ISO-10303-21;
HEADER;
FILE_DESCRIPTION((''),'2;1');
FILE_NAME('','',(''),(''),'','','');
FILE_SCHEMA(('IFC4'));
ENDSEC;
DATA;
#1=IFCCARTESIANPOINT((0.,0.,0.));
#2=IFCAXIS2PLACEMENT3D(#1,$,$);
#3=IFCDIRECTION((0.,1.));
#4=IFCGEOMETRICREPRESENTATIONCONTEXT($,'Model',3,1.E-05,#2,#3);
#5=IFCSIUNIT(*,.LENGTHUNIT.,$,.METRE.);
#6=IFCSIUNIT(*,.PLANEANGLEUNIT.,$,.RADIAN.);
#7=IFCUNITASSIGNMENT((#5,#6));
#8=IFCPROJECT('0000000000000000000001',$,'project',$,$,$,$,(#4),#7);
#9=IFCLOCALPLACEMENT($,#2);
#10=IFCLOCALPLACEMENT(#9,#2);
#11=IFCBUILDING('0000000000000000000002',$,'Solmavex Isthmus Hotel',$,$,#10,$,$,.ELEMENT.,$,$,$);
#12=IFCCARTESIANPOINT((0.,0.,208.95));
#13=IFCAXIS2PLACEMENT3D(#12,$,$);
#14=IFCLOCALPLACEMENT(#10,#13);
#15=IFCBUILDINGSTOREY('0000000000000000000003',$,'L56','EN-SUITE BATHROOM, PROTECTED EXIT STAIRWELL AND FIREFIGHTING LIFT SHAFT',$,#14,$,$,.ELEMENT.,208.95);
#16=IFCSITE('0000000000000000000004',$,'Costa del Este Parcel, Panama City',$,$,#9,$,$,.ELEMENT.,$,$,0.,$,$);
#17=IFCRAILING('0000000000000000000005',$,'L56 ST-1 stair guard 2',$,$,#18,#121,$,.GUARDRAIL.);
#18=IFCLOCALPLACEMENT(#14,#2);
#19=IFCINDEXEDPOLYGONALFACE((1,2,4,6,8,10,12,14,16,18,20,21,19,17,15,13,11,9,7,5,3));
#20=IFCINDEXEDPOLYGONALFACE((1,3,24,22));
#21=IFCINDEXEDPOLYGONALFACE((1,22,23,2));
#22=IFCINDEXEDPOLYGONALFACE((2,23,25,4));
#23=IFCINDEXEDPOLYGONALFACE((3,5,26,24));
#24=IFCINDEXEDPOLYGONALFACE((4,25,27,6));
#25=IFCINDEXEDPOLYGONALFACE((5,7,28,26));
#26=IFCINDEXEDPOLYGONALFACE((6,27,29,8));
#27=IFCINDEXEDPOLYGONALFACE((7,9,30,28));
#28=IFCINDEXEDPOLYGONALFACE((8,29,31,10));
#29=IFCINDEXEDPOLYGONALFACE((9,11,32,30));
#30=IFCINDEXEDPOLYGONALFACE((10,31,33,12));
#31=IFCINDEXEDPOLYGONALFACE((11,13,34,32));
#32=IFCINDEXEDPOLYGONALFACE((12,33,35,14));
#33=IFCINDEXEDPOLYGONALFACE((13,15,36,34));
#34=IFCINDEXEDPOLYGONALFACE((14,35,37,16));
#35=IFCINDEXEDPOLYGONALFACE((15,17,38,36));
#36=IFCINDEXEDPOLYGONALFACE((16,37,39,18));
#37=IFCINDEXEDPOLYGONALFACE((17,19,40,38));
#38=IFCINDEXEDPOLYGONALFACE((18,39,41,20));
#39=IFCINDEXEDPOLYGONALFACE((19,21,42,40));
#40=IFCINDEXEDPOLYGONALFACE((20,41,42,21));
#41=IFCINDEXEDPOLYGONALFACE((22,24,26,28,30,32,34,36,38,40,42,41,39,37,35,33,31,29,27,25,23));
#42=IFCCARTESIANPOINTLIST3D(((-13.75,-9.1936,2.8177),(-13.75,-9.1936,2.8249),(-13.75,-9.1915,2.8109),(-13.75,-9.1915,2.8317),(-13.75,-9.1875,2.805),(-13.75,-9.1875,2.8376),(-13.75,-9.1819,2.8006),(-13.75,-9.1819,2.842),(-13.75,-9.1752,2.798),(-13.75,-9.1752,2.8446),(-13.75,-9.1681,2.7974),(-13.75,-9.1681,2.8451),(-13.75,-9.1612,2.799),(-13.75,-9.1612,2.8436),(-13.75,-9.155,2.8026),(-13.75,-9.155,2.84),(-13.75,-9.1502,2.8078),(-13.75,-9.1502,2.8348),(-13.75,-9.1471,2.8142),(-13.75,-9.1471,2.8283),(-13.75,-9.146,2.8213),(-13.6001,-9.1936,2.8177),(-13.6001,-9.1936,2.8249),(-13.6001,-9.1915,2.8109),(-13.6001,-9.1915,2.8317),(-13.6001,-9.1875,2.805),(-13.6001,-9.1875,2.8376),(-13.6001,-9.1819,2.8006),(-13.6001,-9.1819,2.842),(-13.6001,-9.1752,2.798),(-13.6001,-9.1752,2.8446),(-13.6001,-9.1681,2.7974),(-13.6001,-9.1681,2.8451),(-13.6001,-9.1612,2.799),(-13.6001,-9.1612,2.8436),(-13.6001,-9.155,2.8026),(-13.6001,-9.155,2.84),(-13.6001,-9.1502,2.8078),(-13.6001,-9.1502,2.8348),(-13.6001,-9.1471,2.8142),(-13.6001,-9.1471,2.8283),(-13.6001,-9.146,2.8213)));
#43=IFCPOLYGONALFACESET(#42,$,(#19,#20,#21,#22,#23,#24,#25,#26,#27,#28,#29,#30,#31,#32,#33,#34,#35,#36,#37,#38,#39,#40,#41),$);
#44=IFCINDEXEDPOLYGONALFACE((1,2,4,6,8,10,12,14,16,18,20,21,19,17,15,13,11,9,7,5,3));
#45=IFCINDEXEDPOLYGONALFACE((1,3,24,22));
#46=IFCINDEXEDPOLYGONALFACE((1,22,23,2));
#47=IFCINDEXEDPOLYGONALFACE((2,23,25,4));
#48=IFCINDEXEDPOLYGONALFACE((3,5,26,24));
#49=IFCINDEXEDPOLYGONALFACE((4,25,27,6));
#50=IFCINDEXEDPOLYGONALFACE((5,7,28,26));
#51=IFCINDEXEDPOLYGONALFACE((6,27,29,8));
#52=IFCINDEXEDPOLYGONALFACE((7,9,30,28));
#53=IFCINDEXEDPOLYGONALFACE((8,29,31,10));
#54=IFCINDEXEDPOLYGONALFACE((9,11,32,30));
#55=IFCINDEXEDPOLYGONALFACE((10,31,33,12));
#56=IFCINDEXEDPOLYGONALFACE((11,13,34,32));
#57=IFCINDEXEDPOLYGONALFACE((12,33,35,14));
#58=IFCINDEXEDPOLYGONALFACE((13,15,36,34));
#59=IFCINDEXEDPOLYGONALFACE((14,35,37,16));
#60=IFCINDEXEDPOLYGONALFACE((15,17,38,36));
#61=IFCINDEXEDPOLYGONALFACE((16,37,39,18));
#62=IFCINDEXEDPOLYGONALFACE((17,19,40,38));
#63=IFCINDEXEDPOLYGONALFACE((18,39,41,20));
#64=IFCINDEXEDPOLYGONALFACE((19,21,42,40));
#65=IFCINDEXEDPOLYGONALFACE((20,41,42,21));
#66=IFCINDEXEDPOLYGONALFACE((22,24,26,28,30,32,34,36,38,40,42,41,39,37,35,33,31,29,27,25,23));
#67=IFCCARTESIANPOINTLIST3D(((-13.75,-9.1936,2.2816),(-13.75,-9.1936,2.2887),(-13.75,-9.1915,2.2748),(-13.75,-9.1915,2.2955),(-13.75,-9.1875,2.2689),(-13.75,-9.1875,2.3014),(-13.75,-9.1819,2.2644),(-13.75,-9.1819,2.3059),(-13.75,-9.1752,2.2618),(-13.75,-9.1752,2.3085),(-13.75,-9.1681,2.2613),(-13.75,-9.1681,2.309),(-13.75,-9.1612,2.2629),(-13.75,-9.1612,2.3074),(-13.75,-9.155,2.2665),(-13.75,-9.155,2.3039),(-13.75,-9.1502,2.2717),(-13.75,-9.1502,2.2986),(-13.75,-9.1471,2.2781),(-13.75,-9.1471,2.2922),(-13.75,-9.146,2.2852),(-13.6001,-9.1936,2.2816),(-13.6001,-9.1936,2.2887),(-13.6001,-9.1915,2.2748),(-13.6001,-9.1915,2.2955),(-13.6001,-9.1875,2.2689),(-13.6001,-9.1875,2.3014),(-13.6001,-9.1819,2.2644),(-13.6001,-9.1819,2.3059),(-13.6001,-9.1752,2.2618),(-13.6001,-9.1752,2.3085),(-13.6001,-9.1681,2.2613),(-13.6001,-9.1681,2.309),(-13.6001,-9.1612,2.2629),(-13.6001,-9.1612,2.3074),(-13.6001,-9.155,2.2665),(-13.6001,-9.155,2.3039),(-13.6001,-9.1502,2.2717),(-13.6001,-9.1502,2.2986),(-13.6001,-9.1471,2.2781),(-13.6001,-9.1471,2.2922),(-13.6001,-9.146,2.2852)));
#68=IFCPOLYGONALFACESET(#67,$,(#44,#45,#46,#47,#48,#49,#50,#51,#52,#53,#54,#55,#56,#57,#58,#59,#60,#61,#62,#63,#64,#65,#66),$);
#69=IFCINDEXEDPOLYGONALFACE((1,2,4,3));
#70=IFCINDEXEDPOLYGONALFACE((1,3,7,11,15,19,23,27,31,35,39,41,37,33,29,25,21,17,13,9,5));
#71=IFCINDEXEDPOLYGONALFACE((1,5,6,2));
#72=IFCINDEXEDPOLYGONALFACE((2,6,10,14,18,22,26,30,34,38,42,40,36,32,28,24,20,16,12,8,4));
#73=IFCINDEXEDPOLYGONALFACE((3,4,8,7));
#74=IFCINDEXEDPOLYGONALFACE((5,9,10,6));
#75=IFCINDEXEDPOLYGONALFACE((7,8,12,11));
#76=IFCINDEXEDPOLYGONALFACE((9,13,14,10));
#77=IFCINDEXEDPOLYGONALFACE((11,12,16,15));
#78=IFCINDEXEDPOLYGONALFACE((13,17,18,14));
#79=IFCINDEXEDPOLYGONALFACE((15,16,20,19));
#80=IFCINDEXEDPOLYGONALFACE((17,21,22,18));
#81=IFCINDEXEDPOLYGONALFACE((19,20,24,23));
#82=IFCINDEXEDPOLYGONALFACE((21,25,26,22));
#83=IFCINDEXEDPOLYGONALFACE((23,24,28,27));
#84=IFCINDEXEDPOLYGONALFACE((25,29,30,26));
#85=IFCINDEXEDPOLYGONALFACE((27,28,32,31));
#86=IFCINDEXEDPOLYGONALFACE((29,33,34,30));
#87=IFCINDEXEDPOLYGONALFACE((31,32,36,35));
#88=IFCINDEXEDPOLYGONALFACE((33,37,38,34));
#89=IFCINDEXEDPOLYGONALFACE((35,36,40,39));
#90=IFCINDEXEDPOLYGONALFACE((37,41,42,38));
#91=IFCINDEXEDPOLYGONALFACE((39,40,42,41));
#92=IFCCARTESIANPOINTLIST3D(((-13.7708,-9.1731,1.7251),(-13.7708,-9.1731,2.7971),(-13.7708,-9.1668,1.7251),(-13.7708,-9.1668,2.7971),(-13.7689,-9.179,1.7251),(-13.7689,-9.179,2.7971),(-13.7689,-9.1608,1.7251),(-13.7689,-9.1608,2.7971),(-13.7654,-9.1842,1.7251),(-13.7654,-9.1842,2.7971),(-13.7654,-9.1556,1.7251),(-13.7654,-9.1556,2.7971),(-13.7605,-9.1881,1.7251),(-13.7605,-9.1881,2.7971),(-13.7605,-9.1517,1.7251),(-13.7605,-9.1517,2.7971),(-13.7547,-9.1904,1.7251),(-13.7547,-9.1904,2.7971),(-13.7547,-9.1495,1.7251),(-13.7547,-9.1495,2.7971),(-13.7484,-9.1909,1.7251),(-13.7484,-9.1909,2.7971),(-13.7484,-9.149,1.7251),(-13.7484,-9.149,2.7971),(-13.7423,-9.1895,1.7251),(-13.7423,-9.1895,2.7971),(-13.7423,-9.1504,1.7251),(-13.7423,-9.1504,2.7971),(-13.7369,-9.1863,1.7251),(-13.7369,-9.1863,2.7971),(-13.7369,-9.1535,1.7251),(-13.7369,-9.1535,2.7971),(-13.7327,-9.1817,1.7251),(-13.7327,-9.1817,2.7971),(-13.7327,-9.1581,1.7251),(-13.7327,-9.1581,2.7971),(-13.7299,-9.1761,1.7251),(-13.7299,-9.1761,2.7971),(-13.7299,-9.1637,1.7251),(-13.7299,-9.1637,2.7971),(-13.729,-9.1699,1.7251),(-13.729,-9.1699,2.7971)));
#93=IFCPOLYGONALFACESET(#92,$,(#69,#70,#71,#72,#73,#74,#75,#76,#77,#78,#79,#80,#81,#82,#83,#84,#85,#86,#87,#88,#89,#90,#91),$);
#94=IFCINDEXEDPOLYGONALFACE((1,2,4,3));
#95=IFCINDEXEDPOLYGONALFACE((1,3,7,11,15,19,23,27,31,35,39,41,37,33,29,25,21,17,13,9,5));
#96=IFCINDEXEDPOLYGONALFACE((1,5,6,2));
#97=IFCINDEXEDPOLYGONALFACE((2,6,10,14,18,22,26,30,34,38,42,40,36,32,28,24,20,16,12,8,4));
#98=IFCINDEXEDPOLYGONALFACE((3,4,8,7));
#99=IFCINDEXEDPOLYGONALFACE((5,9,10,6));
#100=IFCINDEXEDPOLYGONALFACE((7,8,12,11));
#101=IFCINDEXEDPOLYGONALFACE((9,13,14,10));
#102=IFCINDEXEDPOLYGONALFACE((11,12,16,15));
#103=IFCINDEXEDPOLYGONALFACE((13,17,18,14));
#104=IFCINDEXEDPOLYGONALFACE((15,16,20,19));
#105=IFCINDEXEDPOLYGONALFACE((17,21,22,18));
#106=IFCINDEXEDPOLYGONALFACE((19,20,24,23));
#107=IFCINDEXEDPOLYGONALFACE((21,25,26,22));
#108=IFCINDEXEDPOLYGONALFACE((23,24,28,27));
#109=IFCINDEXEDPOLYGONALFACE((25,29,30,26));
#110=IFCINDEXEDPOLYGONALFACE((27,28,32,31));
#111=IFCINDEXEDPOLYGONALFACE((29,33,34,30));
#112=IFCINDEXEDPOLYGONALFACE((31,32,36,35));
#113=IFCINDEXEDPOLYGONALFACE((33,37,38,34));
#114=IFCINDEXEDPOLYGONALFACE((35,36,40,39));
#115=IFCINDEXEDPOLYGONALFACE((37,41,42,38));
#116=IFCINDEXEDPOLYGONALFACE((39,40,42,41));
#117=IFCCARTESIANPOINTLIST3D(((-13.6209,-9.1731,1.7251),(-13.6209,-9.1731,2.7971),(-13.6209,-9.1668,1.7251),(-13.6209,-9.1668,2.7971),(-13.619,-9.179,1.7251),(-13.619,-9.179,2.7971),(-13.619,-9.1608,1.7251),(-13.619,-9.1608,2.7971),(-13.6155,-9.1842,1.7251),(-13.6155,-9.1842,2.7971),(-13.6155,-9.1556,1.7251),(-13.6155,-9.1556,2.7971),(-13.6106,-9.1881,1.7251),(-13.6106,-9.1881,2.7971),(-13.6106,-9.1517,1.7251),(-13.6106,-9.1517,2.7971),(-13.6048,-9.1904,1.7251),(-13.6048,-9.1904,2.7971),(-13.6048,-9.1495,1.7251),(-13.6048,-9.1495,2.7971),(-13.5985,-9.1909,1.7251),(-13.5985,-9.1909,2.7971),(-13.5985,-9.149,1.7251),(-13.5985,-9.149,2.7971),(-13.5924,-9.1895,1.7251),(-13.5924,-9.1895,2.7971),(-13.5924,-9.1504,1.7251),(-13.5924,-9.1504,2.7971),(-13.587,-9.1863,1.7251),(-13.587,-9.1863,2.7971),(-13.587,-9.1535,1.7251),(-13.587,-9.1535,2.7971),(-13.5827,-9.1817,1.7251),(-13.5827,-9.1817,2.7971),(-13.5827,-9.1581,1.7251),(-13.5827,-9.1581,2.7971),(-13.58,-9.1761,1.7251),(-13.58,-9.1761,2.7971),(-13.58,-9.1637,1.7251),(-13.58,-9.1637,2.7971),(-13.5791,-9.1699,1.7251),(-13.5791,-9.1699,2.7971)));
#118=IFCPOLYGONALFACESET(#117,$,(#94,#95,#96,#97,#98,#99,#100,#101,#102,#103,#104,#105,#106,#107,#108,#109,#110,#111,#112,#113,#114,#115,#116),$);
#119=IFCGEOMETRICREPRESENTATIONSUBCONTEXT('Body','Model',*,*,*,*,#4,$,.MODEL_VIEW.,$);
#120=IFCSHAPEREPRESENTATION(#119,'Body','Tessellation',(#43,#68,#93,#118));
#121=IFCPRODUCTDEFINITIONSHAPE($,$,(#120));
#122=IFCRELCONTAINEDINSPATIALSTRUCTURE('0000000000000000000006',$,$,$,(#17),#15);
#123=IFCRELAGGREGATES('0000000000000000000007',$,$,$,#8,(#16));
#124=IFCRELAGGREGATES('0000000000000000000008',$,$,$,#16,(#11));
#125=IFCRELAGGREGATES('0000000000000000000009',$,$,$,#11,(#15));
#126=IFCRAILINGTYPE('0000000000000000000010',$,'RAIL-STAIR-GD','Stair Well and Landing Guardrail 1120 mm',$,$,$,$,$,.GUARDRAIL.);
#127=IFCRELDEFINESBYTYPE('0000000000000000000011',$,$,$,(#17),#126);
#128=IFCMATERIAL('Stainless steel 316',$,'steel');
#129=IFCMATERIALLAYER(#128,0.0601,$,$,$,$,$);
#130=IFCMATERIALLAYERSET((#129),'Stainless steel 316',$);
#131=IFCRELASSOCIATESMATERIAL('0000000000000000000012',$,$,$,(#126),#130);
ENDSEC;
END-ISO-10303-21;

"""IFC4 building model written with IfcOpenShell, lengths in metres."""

from ifc_helpers import new_model, si_unit, direction, frame, origin, origin_2d, place, context, subcontext, project, spatial, circle, extrude, material, layer, layer_set, type_object, element, save


model = new_model("IFC4")

# Units and contexts
model_context = context("Model", 3, precision=1e-05, world=origin(), true_north=direction((0.0, 1.0)))
body_context = subcontext(model_context, "Body", "Model", "MODEL_VIEW")
ifc_project = project(units=[si_unit("LENGTHUNIT", "METRE"), si_unit("PLANEANGLEUNIT", "RADIAN")], contexts=[model_context])

# Site, building, storey
site_placement = place(None, origin())
site = spatial("IfcSite", under=ifc_project, at=site_placement, Name="Costa del Este Parcel, Panama City", CompositionType="ELEMENT", RefElevation=0.0)
building_placement = place(site_placement, origin())
building = spatial("IfcBuilding", under=site, at=building_placement, Name="Solmavex Isthmus Hotel", CompositionType="ELEMENT")
storey_placement = place(building_placement, frame((0.0, 0.0, 208.95)))
storey = spatial("IfcBuildingStorey", under=building, at=storey_placement, Name="L56", Description="EN-SUITE BATHROOM, PROTECTED EXIT STAIRWELL AND FIREFIGHTING LIFT SHAFT", CompositionType="ELEMENT", Elevation=208.95)

# Railing
ifc_material_1 = material(Name="Stainless steel 316", Category="steel")
ifc_layer_1 = layer(ifc_material_1, 0.0601)
ifc_layer_set_1 = layer_set([ifc_layer_1], Name="Stainless steel 316")
railing_type = type_object("IfcRailingType", Name="RAIL-STAIR-GD", Description="Stair Well and Landing Guardrail 1120 mm", PredefinedType="GUARDRAIL", material=ifc_layer_set_1)
railing_placement = place(storey_placement, frame((-13.75, -9.1699, 1.7251)))
element("IfcRailing", 1, at=railing_placement, inside=storey, type_object=railing_type, Name="L56 ST-1 stair guard 2", PredefinedType="GUARDRAIL", context=body_context, shape_type="SweptSolid", body=[
    extrude(circle(Radius=0.0239, at=origin_2d()), frame((0.0, 0.0, 1.0962), z_axis=(1.0, 0.0, 0.0), x_axis=(0.0, 1.0, 0.0)), (0.0, 0.0, 1.0), 0.1499),
    extrude(circle(Radius=0.0239, at=origin_2d()), frame((0.0, 0.0, 0.5601), z_axis=(1.0, 0.0, 0.0), x_axis=(0.0, 1.0, 0.0)), (0.0, 0.0, 1.0), 0.1499),
    extrude(circle(Radius=0.021, at=origin_2d()), origin(), (0.0, 0.0, 1.0), 1.072),
    extrude(circle(Radius=0.021, at=origin_2d()), frame((0.1499, 0.0, 0.0)), (0.0, 0.0, 1.0), 1.072),
])

save(model, "model.ifc")
